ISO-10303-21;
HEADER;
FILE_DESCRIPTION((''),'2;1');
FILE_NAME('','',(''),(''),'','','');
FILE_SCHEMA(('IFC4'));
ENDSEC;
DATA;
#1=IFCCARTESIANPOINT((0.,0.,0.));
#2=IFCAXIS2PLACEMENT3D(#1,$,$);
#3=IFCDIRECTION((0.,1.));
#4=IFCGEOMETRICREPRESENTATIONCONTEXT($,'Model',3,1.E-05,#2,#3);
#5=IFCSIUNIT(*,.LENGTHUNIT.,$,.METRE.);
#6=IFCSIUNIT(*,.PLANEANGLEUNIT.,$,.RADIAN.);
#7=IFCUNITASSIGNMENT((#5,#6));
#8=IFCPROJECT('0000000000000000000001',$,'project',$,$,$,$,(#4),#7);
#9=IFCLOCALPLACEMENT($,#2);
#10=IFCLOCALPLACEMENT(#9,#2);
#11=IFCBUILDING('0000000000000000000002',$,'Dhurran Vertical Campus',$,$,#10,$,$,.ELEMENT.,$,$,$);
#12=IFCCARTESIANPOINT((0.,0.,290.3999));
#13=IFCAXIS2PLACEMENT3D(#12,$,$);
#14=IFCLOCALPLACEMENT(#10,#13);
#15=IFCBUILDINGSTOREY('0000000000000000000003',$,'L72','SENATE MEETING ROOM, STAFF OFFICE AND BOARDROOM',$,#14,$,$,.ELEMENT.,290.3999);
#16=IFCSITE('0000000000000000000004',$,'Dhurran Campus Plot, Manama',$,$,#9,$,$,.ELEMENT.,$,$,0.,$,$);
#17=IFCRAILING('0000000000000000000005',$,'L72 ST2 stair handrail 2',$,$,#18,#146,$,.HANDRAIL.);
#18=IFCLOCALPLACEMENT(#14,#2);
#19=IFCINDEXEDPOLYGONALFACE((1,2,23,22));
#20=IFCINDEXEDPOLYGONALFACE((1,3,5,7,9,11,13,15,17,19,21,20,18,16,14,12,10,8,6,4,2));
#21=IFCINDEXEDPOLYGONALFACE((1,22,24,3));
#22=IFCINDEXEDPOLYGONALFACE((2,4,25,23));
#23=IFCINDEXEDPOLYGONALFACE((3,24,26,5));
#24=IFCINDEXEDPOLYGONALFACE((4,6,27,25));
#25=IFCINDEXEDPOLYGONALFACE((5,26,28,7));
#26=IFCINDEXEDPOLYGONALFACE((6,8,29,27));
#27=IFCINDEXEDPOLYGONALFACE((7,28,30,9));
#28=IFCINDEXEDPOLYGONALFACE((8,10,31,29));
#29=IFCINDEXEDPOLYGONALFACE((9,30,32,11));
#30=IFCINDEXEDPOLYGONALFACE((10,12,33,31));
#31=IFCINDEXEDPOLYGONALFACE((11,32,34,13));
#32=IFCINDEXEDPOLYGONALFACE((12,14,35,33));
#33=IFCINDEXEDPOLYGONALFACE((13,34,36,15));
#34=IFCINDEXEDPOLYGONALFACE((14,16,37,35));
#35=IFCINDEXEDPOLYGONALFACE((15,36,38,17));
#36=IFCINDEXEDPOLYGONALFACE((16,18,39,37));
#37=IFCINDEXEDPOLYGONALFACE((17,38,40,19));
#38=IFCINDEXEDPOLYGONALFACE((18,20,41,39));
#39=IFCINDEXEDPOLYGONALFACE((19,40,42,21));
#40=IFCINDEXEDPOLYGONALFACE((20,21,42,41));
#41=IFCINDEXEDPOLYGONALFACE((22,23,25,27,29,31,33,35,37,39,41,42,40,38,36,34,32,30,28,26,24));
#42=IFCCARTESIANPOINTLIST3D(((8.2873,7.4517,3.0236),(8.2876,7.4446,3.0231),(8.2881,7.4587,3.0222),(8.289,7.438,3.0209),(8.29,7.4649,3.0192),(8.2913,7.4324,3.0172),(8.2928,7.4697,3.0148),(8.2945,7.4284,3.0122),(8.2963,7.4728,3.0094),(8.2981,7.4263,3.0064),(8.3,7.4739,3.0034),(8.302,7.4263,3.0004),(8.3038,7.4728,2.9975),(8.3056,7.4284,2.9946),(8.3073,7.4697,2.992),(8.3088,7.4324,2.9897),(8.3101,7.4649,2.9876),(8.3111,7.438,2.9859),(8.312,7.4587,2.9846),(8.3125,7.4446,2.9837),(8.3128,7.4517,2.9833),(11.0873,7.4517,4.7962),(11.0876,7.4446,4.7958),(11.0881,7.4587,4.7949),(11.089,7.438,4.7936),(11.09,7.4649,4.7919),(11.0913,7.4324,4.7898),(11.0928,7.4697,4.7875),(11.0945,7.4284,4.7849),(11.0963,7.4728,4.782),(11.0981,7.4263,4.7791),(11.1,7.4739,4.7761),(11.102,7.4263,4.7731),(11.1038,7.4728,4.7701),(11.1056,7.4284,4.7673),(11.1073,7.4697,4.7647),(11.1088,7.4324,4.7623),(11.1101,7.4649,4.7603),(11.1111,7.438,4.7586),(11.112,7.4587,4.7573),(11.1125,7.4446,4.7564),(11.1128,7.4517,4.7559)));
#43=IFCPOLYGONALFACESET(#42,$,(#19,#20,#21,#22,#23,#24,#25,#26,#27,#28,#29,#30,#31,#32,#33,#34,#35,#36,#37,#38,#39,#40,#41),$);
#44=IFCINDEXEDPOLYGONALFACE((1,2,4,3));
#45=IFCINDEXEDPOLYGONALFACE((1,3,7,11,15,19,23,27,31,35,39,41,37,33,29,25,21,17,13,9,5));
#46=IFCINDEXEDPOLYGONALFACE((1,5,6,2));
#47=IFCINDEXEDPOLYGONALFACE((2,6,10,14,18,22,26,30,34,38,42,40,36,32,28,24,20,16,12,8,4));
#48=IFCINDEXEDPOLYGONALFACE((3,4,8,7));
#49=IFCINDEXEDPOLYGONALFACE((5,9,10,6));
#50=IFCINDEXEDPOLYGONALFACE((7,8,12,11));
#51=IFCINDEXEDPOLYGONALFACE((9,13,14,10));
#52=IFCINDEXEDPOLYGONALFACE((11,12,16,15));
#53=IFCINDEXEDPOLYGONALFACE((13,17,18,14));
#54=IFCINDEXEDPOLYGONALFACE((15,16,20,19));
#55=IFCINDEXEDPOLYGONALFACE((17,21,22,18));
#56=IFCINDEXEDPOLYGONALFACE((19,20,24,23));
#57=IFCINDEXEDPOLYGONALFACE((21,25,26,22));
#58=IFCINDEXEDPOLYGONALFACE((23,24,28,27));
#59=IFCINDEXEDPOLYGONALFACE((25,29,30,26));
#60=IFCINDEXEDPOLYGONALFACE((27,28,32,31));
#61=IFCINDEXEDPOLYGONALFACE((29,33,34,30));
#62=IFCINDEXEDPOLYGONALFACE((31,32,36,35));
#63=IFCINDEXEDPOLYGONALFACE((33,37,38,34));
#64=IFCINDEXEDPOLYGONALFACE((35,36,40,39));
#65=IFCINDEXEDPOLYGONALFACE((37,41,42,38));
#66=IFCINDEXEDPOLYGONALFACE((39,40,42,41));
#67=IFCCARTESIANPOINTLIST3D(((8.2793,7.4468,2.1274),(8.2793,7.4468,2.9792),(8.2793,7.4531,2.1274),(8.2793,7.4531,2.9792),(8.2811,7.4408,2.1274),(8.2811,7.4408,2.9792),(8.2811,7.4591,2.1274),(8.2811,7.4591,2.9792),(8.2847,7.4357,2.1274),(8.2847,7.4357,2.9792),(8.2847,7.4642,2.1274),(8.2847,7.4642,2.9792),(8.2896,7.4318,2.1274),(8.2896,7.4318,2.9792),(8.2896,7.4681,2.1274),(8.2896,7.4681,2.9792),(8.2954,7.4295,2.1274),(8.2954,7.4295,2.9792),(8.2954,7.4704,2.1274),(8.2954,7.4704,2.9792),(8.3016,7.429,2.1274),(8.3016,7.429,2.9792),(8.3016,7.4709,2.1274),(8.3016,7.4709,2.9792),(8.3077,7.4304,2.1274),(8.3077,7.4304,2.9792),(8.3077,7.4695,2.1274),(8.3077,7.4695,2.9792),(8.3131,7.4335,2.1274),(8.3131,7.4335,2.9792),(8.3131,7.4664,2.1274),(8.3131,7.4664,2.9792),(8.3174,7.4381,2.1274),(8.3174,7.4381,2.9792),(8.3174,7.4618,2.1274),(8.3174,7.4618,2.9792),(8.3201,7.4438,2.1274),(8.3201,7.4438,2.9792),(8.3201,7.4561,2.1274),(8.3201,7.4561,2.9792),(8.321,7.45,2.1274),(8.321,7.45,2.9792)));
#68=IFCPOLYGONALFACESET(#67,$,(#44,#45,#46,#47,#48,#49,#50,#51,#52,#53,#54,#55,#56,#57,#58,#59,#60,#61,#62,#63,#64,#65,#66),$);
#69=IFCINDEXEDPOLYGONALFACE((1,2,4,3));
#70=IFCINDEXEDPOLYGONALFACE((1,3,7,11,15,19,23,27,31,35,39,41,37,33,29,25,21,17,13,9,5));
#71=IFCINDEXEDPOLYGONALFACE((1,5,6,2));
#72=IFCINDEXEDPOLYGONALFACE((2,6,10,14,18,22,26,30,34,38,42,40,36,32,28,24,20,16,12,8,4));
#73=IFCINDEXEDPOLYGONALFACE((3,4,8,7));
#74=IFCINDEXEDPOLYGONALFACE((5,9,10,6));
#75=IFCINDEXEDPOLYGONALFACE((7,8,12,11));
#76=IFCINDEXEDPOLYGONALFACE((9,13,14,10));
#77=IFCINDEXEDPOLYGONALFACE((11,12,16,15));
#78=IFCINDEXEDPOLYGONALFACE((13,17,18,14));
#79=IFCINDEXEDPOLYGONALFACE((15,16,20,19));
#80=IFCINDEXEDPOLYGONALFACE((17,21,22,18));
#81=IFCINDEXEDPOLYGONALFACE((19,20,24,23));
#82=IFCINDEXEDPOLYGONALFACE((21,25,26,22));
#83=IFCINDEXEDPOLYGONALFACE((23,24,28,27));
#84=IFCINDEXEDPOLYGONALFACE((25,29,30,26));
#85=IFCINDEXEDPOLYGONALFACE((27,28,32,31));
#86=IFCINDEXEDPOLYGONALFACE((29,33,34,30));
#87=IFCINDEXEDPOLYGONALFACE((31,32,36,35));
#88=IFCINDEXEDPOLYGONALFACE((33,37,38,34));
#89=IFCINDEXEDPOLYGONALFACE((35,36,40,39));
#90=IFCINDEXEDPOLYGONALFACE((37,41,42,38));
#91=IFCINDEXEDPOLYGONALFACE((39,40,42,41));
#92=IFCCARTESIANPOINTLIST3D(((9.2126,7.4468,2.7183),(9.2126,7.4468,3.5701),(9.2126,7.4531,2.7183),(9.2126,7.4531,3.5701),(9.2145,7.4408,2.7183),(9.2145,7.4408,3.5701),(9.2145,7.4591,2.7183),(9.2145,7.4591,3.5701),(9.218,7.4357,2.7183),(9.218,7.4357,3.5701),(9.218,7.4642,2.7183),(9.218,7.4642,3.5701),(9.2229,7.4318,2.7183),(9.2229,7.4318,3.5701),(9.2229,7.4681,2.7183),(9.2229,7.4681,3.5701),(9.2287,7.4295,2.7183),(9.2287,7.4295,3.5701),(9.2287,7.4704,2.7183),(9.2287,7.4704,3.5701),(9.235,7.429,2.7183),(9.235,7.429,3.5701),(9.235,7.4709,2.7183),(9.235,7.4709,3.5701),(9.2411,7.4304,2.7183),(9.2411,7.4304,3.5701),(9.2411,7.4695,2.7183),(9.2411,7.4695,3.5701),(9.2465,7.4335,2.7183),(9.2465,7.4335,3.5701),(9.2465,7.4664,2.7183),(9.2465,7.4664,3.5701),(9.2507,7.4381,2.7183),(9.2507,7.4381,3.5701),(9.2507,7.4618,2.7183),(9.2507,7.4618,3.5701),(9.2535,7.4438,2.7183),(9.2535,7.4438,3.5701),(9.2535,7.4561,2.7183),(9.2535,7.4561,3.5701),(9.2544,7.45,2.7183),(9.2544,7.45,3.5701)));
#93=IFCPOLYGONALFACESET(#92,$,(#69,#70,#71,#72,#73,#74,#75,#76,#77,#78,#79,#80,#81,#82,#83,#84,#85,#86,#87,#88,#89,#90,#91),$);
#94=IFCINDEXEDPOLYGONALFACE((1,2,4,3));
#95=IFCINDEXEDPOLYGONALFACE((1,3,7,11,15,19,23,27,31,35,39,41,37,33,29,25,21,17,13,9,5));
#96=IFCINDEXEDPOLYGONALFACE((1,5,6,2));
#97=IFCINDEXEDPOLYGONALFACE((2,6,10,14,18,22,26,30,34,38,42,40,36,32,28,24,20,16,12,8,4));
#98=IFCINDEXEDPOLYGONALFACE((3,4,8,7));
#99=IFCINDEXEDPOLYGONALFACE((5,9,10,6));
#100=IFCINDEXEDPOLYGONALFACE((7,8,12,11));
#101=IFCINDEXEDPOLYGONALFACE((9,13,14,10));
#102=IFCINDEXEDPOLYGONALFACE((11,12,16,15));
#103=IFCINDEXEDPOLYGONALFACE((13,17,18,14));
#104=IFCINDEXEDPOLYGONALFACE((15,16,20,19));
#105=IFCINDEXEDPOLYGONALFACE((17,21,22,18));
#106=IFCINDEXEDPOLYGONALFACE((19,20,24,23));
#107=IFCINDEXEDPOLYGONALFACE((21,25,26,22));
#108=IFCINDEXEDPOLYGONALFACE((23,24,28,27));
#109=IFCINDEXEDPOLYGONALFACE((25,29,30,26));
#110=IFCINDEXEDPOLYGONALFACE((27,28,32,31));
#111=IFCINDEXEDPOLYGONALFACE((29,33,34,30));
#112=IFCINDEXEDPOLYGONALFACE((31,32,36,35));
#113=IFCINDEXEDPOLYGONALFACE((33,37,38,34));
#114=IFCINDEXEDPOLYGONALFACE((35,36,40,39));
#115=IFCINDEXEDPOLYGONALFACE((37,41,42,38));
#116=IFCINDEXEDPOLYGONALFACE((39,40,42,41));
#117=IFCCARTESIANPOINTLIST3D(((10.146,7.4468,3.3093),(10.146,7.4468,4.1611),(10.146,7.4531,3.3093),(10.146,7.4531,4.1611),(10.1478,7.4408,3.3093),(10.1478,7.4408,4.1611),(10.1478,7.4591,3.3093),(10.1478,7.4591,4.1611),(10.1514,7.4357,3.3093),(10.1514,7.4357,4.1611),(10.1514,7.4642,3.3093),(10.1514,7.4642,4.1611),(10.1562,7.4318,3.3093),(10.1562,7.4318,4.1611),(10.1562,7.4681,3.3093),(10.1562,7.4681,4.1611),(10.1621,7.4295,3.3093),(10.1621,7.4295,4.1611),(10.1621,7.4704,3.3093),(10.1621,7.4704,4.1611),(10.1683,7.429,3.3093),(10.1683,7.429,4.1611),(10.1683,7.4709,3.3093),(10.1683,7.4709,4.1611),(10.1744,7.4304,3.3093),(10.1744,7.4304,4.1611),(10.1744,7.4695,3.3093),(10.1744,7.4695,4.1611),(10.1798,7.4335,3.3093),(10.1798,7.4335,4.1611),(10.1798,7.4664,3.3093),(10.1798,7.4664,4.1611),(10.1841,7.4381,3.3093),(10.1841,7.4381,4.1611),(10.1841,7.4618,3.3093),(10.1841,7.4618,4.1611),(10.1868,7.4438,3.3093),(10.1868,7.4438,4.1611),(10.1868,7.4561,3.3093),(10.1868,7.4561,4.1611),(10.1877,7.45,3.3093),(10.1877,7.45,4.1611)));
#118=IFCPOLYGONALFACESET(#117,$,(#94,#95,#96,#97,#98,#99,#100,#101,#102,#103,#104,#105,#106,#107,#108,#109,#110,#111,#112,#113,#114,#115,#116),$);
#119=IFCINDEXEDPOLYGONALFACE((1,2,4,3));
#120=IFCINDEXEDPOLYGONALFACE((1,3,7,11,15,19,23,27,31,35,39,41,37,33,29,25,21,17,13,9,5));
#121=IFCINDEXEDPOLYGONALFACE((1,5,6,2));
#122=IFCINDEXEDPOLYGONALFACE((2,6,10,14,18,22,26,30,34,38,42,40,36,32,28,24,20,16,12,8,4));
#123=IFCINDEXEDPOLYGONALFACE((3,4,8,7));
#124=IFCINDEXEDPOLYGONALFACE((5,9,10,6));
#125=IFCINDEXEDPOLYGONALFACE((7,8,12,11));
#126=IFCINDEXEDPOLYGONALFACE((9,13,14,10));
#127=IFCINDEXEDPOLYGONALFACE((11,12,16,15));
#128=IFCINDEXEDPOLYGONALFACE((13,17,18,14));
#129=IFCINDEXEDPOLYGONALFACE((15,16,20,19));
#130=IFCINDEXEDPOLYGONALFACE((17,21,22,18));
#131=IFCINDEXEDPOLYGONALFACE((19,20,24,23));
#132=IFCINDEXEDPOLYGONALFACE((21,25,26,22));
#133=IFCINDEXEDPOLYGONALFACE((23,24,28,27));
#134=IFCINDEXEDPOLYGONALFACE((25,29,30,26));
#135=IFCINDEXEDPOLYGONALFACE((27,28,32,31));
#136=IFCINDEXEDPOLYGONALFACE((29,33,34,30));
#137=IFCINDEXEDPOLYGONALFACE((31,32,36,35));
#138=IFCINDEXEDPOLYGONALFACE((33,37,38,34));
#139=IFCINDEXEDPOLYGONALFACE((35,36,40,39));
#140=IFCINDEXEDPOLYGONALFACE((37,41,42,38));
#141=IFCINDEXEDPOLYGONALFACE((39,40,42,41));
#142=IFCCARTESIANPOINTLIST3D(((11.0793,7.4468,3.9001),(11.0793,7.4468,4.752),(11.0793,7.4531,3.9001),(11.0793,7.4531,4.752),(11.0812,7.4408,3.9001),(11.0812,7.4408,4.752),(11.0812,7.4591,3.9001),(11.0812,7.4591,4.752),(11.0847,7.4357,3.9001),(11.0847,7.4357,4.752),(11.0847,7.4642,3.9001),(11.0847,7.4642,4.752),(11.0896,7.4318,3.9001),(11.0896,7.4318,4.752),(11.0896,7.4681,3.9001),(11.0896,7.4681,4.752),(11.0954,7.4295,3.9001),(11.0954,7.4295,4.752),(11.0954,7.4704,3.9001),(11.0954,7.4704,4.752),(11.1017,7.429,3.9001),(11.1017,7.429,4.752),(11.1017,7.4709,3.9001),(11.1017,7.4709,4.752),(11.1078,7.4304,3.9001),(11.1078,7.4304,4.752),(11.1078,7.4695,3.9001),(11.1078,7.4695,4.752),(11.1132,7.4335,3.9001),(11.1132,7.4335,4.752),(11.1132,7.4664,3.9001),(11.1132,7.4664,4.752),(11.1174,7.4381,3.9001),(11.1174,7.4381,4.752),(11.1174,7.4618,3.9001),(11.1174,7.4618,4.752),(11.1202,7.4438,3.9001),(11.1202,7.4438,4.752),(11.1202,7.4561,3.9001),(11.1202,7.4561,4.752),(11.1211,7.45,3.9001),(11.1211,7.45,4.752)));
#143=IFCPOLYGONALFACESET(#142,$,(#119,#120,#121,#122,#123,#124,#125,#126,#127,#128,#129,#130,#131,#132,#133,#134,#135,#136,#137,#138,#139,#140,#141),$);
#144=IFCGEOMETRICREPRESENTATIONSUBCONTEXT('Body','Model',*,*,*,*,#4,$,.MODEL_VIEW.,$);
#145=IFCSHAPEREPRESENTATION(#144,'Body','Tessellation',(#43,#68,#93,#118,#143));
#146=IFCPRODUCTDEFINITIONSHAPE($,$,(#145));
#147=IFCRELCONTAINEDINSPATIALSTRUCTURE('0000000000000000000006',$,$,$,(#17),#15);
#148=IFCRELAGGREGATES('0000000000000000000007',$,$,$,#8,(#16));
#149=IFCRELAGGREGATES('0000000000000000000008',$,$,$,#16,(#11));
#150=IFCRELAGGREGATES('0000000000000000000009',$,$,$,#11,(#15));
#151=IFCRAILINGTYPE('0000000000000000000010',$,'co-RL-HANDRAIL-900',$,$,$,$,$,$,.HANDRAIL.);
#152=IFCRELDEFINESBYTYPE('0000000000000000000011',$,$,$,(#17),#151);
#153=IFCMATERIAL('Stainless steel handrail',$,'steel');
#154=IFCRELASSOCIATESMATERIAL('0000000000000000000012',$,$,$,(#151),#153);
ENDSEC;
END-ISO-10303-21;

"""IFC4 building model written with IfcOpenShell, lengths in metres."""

from ifc_helpers import new_model, si_unit, direction, frame, origin, origin_2d, place, context, subcontext, project, spatial, circle, extrude, material, type_object, element, save


model = new_model("IFC4")

# Units and contexts
model_context = context("Model", 3, precision=1e-05, world=origin(), true_north=direction((0.0, 1.0)))
body_context = subcontext(model_context, "Body", "Model", "MODEL_VIEW")
ifc_project = project(units=[si_unit("LENGTHUNIT", "METRE"), si_unit("PLANEANGLEUNIT", "RADIAN")], contexts=[model_context])

# Site, building, storey
site_placement = place(None, origin())
site = spatial("IfcSite", under=ifc_project, at=site_placement, Name="Dhurran Campus Plot, Manama", CompositionType="ELEMENT", RefElevation=0.0)
building_placement = place(site_placement, origin())
building = spatial("IfcBuilding", under=site, at=building_placement, Name="Dhurran Vertical Campus", CompositionType="ELEMENT")
storey_placement = place(building_placement, frame((0.0, 0.0, 290.3999)))
storey = spatial("IfcBuildingStorey", under=building, at=storey_placement, Name="L72", Description="SENATE MEETING ROOM, STAFF OFFICE AND BOARDROOM", CompositionType="ELEMENT", Elevation=290.3999)

# Railing
ifc_material_1 = material(Name="Stainless steel handrail", Category="steel")
railing_type_1 = type_object("IfcRailingType", Name="co-RL-HANDRAIL-900", PredefinedType="HANDRAIL", material=ifc_material_1)
railing_1_placement = place(storey_placement, frame((8.3, 7.45, 2.1274)))
element("IfcRailing", 1, at=railing_1_placement, inside=storey, type_object=railing_type_1, Name="L72 ST2 stair handrail 2", PredefinedType="HANDRAIL", context=body_context, shape_type="SweptSolid", body=[
    extrude(circle(Radius=0.0239, at=origin_2d()), frame((0.0, 0.0, 0.876), z_axis=(0.844909, 0.0, 0.53491), x_axis=(0.0, 1.0, 0.0)), (0.0, 0.0, 1.0), 3.314),
    extrude(circle(Radius=0.021, at=origin_2d()), origin(), (0.0, 0.0, 1.0), 0.8518),
    extrude(circle(Radius=0.021, at=origin_2d()), frame((0.9333, 0.0, 0.5908)), (0.0, 0.0, 1.0), 0.8518),
    extrude(circle(Radius=0.021, at=origin_2d()), frame((1.8667, 0.0, 1.1819)), (0.0, 0.0, 1.0), 0.8518),
    extrude(circle(Radius=0.021, at=origin_2d()), frame((2.8, 0.0, 1.7727)), (0.0, 0.0, 1.0), 0.8518),
])

save(model, "model.ifc")
